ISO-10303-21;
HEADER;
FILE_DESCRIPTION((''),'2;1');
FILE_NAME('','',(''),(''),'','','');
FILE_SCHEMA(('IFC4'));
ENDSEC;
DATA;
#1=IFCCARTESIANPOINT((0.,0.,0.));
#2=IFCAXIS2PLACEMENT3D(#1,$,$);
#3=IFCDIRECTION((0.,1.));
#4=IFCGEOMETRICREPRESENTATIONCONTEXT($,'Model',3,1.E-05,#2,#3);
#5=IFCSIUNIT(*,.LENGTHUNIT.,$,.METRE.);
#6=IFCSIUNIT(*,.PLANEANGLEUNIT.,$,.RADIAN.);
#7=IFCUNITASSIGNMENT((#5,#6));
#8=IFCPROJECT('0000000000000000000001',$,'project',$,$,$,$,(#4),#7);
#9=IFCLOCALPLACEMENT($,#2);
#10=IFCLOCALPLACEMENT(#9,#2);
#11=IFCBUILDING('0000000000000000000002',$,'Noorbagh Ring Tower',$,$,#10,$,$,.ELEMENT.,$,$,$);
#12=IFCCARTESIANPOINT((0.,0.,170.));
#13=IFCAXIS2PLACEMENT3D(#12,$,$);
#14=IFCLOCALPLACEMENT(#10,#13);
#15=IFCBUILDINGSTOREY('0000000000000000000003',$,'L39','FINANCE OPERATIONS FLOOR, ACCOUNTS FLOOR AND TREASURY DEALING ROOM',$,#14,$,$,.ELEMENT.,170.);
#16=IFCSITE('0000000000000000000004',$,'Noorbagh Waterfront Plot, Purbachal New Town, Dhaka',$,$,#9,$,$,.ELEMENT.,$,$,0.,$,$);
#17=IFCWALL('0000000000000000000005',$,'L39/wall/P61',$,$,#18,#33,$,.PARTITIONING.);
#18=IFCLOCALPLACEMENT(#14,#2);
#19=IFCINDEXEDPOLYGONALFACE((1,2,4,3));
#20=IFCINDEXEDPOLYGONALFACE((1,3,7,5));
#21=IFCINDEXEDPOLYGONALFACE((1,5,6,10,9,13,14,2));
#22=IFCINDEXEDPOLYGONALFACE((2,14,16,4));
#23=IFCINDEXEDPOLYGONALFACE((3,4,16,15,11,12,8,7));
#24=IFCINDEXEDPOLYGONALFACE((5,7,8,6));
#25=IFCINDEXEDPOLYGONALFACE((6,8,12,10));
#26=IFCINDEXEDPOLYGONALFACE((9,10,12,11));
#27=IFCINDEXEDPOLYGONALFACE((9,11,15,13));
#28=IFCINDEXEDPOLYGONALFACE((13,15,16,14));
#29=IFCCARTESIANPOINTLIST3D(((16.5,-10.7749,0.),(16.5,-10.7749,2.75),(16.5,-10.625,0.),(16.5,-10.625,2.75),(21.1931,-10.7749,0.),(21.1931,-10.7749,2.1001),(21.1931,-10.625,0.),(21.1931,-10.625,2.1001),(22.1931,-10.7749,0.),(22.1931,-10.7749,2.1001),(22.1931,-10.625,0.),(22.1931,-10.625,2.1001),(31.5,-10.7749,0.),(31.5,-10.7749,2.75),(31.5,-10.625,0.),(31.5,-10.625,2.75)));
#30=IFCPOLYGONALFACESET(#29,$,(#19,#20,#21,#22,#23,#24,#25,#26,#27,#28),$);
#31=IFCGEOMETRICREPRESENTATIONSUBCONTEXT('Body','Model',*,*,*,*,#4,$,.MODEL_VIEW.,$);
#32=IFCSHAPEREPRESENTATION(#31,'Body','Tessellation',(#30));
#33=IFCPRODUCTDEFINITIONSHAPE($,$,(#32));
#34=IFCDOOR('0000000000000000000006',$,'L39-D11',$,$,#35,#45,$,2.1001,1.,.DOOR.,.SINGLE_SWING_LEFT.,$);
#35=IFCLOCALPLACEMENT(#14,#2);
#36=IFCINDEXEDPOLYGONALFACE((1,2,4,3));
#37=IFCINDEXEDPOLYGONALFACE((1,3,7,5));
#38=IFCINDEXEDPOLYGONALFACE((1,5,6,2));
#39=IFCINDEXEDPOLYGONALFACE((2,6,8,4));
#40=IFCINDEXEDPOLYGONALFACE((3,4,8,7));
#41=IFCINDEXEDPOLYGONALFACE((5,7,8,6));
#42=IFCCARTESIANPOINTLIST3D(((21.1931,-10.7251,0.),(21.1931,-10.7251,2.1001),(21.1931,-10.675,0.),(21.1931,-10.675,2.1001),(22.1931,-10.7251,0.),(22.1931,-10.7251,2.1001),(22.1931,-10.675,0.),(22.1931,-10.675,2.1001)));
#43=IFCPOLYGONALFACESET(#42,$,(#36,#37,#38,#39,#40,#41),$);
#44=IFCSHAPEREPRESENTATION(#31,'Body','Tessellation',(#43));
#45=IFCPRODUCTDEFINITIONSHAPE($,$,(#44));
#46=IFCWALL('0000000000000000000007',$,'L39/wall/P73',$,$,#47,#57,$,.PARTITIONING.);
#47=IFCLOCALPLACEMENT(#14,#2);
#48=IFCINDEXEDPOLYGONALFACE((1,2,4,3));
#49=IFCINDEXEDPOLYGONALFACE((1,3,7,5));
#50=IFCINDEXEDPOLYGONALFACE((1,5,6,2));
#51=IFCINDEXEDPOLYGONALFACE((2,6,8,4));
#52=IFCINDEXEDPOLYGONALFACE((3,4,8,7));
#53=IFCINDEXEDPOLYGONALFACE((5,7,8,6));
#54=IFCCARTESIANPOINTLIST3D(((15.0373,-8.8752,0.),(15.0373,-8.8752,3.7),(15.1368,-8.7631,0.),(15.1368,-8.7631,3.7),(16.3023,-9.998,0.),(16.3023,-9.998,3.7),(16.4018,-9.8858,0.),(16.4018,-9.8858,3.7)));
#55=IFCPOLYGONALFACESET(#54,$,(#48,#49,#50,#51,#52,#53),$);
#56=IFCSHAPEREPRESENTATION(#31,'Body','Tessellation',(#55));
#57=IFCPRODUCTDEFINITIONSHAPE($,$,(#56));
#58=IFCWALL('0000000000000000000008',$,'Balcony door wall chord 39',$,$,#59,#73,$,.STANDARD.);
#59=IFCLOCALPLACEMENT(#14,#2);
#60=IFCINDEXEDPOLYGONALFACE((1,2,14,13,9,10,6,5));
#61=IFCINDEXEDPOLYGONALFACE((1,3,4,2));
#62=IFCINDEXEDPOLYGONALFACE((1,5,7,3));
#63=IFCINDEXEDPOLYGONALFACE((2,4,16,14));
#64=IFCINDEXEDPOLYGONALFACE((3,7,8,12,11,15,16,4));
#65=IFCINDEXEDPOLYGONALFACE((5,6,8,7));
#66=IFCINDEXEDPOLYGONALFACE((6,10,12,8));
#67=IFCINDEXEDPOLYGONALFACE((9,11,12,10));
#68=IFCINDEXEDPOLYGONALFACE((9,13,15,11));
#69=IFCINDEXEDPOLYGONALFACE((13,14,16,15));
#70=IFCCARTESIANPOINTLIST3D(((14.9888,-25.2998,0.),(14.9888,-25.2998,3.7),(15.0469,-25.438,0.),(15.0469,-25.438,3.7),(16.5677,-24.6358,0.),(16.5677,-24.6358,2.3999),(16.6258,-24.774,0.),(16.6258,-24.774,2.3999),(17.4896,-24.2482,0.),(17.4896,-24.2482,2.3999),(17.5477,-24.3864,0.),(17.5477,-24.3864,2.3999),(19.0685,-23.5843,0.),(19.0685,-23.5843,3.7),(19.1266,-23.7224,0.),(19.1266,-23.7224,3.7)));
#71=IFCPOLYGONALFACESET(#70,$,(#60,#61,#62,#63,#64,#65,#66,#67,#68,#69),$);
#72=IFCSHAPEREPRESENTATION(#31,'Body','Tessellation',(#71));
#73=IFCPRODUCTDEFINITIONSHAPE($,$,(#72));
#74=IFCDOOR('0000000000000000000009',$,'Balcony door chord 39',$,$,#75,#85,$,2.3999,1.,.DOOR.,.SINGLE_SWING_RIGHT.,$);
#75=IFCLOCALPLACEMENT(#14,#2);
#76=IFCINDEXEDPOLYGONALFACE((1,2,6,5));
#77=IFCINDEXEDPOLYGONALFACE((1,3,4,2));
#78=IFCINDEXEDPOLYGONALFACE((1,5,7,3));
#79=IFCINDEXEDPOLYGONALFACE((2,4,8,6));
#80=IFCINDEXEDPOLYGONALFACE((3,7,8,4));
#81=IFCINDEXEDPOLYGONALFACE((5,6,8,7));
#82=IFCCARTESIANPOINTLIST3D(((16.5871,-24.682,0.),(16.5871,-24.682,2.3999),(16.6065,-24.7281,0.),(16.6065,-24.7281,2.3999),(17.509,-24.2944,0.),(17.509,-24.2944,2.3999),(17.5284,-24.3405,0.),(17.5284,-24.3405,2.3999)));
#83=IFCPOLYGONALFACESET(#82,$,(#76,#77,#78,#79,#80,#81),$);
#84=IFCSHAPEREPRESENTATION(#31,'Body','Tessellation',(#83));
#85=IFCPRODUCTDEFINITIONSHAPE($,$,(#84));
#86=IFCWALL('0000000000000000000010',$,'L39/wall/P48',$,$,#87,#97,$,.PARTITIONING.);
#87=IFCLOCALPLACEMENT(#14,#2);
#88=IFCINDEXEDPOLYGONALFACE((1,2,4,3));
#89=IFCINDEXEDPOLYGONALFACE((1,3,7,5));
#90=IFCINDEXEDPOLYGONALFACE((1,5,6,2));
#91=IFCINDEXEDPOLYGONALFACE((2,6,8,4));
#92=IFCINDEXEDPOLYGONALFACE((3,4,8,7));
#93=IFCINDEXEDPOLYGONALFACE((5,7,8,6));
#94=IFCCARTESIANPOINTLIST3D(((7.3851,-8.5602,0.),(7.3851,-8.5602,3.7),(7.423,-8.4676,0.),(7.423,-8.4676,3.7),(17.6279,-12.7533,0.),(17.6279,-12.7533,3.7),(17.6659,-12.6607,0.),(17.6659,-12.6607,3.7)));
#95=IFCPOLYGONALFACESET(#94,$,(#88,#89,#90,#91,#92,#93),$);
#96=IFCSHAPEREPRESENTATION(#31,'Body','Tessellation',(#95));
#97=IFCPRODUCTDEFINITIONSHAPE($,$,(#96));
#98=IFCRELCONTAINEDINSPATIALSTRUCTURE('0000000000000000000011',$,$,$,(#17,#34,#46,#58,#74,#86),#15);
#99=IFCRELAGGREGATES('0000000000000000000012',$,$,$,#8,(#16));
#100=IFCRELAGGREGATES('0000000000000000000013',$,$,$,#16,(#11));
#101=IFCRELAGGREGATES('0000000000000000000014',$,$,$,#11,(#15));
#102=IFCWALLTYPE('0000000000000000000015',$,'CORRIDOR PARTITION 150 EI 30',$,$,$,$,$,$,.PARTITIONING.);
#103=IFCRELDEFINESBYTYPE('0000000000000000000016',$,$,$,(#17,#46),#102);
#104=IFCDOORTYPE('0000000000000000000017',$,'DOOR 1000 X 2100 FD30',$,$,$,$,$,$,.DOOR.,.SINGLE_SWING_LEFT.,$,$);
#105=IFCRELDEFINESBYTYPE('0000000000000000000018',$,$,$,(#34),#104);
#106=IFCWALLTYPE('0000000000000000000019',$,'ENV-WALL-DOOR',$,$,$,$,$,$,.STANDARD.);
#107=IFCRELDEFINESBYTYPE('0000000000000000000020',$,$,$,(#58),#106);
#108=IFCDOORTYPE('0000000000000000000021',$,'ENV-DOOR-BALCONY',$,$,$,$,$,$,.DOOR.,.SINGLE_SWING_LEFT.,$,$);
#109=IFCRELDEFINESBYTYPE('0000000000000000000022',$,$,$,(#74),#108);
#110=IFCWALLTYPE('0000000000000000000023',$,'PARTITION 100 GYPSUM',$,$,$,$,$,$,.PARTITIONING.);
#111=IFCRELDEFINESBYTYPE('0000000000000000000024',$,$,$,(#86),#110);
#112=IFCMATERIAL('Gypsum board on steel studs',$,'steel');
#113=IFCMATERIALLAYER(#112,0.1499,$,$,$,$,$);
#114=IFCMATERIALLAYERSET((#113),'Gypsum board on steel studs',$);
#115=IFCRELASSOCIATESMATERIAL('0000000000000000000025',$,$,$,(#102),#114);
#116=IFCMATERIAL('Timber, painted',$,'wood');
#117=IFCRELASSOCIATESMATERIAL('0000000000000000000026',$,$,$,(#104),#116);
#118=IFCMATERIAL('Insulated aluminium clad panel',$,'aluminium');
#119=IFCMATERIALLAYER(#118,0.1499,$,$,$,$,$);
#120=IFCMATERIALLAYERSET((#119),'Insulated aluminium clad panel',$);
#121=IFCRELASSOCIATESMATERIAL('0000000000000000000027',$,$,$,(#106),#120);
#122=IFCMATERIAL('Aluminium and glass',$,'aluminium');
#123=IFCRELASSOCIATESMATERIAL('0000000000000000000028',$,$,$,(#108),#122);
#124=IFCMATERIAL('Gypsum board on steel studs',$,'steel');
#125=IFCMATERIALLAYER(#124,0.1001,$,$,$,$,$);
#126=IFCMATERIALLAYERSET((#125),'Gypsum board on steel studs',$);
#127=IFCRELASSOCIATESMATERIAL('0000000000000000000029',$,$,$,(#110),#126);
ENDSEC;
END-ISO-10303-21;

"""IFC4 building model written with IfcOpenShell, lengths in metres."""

from ifc_helpers import new_model, si_unit, direction, frame, frame_2d, origin, place, context, subcontext, project, spatial, rectangle, extrude, material, layer, layer_set, type_object, element, fill, save


model = new_model("IFC4")

# Units and contexts
model_context = context("Model", 3, precision=1e-05, world=origin(), true_north=direction((0.0, 1.0)))
body_context = subcontext(model_context, "Body", "Model", "MODEL_VIEW")
ifc_project = project(units=[si_unit("LENGTHUNIT", "METRE"), si_unit("PLANEANGLEUNIT", "RADIAN")], contexts=[model_context])

# Site, building, storey
site_placement = place(None, origin())
site = spatial("IfcSite", under=ifc_project, at=site_placement, Name="Noorbagh Waterfront Plot, Purbachal New Town, Dhaka", CompositionType="ELEMENT", RefElevation=0.0)
building_placement = place(site_placement, origin())
building = spatial("IfcBuilding", under=site, at=building_placement, Name="Noorbagh Ring Tower", CompositionType="ELEMENT")
storey_placement = place(building_placement, frame((0.0, 0.0, 170.0)))
storey = spatial("IfcBuildingStorey", under=building, at=storey_placement, Name="L39", Description="FINANCE OPERATIONS FLOOR, ACCOUNTS FLOOR AND TREASURY DEALING ROOM", CompositionType="ELEMENT", Elevation=170.0)

# Shared definitions
ifc_material_1 = material(Name="Gypsum board on steel studs", Category="steel")
ifc_layer_1 = layer(ifc_material_1, 0.1499)
ifc_layer_set_1 = layer_set([ifc_layer_1], Name="Gypsum board on steel studs")
wall_type_1 = type_object("IfcWallType", Name="CORRIDOR PARTITION 150 EI 30", PredefinedType="PARTITIONING", material=ifc_layer_set_1)

# Wall, opening, door
wall_1_placement = place(storey_placement, frame((16.5, -10.7, 0.0), z_axis=(0.0, 0.0, 1.0), x_axis=(1.0, 0.0, 0.0)))
wall_1 = element("IfcWall", 1, at=wall_1_placement, inside=storey, type_object=wall_type_1, Name="L39/wall/P61", PredefinedType="PARTITIONING", context=body_context, shape_type="SweptSolid", body=[
    extrude(rectangle(XDim=15.0, YDim=0.1499, at=frame_2d((7.5, 0.0))), origin(), (0.0, 0.0, 1.0), 2.75),
])
opening_1_placement = place(wall_1_placement, frame((4.6931, 0.0, 0.0)))
opening_1 = element("IfcOpeningElement", 2, at=opening_1_placement, cuts=wall_1, PredefinedType="OPENING", context=body_context, shape_type="SweptSolid", body=[
    extrude(rectangle(XDim=1.0, YDim=2.1001, at=frame_2d((0.5, 1.05))), frame((0.0, 0.085, 0.0), z_axis=(0.0, -1.0, 0.0), x_axis=(1.0, 0.0, 0.0)), (0.0, 0.0, 1.0), 0.1699),
])
ifc_material_2 = material(Name="Timber, painted", Category="wood")
door_type_1 = type_object("IfcDoorType", Name="DOOR 1000 X 2100 FD30", OperationType="SINGLE_SWING_LEFT", PredefinedType="DOOR", material=ifc_material_2)
door_1_placement = place(opening_1_placement, origin())
door_1 = element("IfcDoor", 3, at=door_1_placement, inside=storey, type_object=door_type_1, Name="L39-D11", OperationType="SINGLE_SWING_LEFT", OverallHeight=2.1001, OverallWidth=1.0, PredefinedType="DOOR", context=body_context, shape_type="SweptSolid", body=[
    extrude(rectangle(XDim=1.0, YDim=2.1001, at=frame_2d((0.5, 1.05))), frame((0.0, 0.0249, 0.0), z_axis=(0.0, -1.0, 0.0), x_axis=(1.0, 0.0, 0.0)), (0.0, 0.0, 1.0), 0.05),
])
fill(opening_1, door_1)

# Wall
wall_2_placement = place(storey_placement, frame((16.3521, -9.9419, 0.0), z_axis=(0.0, 0.0, 1.0), x_axis=(-0.747927, 0.663781, 0.0)))
element("IfcWall", 4, at=wall_2_placement, inside=storey, type_object=wall_type_1, Name="L39/wall/P73", PredefinedType="PARTITIONING", context=body_context, shape_type="SweptSolid", body=[
    extrude(rectangle(XDim=1.6914, YDim=0.1499, at=frame_2d((0.8457, 0.0))), origin(), (0.0, 0.0, 1.0), 3.7),
])

# Wall, opening, door
ifc_material_3 = material(Name="Insulated aluminium clad panel", Category="aluminium")
ifc_layer_2 = layer(ifc_material_3, 0.1499)
ifc_layer_set_2 = layer_set([ifc_layer_2], Name="Insulated aluminium clad panel")
wall_type_2 = type_object("IfcWallType", Name="ENV-WALL-DOOR", PredefinedType="STANDARD", material=ifc_layer_set_2)
wall_3_placement = place(storey_placement, frame((15.0178, -25.3689, 0.0), z_axis=(0.0, 0.0, 1.0), x_axis=(0.921817, 0.387625, 0.0)))
wall_3 = element("IfcWall", 5, at=wall_3_placement, inside=storey, type_object=wall_type_2, Name="Balcony door wall chord 39", PredefinedType="STANDARD", context=body_context, shape_type="SweptSolid", body=[
    extrude(rectangle(XDim=4.4258, YDim=0.1499, at=frame_2d((2.2129, 0.0))), origin(), (0.0, 0.0, 1.0), 3.7),
])
opening_2_placement = place(wall_3_placement, frame((1.7129, 0.0, 0.0)))
opening_2 = element("IfcOpeningElement", 6, at=opening_2_placement, cuts=wall_3, PredefinedType="OPENING", context=body_context, shape_type="SweptSolid", body=[
    extrude(rectangle(XDim=1.0, YDim=2.3999, at=frame_2d((0.5, 1.2))), frame((0.0, 0.085, 0.0), z_axis=(0.0, -1.0, 0.0), x_axis=(1.0, 0.0, 0.0)), (0.0, 0.0, 1.0), 0.1699),
])
ifc_material_4 = material(Name="Aluminium and glass", Category="aluminium")
door_type_2 = type_object("IfcDoorType", Name="ENV-DOOR-BALCONY", OperationType="SINGLE_SWING_LEFT", PredefinedType="DOOR", material=ifc_material_4)
door_2_placement = place(opening_2_placement, origin())
door_2 = element("IfcDoor", 7, at=door_2_placement, inside=storey, type_object=door_type_2, Name="Balcony door chord 39", OperationType="SINGLE_SWING_RIGHT", OverallHeight=2.3999, OverallWidth=1.0, PredefinedType="DOOR", context=body_context, shape_type="SweptSolid", body=[
    extrude(rectangle(XDim=1.0, YDim=2.3999, at=frame_2d((0.5, 1.2))), frame((0.0, 0.0249, 0.0), z_axis=(0.0, -1.0, 0.0), x_axis=(1.0, 0.0, 0.0)), (0.0, 0.0, 1.0), 0.05),
])
fill(opening_2, door_2)

# Wall
ifc_material_5 = material(Name="Gypsum board on steel studs", Category="steel")
ifc_layer_3 = layer(ifc_material_5, 0.1001)
ifc_layer_set_3 = layer_set([ifc_layer_3], Name="Gypsum board on steel studs")
wall_type_3 = type_object("IfcWallType", Name="PARTITION 100 GYPSUM", PredefinedType="PARTITIONING", material=ifc_layer_set_3)
wall_4_placement = place(storey_placement, frame((7.4041, -8.5139, 0.0), z_axis=(0.0, 0.0, 1.0), x_axis=(0.925457, -0.378852, 0.0)))
element("IfcWall", 8, at=wall_4_placement, inside=storey, type_object=wall_type_3, Name="L39/wall/P48", PredefinedType="PARTITIONING", context=body_context, shape_type="SweptSolid", body=[
    extrude(rectangle(XDim=11.0679, YDim=0.1001, at=frame_2d((5.5339, 0.0))), origin(), (0.0, 0.0, 1.0), 3.7),
])

save(model, "model.ifc")
